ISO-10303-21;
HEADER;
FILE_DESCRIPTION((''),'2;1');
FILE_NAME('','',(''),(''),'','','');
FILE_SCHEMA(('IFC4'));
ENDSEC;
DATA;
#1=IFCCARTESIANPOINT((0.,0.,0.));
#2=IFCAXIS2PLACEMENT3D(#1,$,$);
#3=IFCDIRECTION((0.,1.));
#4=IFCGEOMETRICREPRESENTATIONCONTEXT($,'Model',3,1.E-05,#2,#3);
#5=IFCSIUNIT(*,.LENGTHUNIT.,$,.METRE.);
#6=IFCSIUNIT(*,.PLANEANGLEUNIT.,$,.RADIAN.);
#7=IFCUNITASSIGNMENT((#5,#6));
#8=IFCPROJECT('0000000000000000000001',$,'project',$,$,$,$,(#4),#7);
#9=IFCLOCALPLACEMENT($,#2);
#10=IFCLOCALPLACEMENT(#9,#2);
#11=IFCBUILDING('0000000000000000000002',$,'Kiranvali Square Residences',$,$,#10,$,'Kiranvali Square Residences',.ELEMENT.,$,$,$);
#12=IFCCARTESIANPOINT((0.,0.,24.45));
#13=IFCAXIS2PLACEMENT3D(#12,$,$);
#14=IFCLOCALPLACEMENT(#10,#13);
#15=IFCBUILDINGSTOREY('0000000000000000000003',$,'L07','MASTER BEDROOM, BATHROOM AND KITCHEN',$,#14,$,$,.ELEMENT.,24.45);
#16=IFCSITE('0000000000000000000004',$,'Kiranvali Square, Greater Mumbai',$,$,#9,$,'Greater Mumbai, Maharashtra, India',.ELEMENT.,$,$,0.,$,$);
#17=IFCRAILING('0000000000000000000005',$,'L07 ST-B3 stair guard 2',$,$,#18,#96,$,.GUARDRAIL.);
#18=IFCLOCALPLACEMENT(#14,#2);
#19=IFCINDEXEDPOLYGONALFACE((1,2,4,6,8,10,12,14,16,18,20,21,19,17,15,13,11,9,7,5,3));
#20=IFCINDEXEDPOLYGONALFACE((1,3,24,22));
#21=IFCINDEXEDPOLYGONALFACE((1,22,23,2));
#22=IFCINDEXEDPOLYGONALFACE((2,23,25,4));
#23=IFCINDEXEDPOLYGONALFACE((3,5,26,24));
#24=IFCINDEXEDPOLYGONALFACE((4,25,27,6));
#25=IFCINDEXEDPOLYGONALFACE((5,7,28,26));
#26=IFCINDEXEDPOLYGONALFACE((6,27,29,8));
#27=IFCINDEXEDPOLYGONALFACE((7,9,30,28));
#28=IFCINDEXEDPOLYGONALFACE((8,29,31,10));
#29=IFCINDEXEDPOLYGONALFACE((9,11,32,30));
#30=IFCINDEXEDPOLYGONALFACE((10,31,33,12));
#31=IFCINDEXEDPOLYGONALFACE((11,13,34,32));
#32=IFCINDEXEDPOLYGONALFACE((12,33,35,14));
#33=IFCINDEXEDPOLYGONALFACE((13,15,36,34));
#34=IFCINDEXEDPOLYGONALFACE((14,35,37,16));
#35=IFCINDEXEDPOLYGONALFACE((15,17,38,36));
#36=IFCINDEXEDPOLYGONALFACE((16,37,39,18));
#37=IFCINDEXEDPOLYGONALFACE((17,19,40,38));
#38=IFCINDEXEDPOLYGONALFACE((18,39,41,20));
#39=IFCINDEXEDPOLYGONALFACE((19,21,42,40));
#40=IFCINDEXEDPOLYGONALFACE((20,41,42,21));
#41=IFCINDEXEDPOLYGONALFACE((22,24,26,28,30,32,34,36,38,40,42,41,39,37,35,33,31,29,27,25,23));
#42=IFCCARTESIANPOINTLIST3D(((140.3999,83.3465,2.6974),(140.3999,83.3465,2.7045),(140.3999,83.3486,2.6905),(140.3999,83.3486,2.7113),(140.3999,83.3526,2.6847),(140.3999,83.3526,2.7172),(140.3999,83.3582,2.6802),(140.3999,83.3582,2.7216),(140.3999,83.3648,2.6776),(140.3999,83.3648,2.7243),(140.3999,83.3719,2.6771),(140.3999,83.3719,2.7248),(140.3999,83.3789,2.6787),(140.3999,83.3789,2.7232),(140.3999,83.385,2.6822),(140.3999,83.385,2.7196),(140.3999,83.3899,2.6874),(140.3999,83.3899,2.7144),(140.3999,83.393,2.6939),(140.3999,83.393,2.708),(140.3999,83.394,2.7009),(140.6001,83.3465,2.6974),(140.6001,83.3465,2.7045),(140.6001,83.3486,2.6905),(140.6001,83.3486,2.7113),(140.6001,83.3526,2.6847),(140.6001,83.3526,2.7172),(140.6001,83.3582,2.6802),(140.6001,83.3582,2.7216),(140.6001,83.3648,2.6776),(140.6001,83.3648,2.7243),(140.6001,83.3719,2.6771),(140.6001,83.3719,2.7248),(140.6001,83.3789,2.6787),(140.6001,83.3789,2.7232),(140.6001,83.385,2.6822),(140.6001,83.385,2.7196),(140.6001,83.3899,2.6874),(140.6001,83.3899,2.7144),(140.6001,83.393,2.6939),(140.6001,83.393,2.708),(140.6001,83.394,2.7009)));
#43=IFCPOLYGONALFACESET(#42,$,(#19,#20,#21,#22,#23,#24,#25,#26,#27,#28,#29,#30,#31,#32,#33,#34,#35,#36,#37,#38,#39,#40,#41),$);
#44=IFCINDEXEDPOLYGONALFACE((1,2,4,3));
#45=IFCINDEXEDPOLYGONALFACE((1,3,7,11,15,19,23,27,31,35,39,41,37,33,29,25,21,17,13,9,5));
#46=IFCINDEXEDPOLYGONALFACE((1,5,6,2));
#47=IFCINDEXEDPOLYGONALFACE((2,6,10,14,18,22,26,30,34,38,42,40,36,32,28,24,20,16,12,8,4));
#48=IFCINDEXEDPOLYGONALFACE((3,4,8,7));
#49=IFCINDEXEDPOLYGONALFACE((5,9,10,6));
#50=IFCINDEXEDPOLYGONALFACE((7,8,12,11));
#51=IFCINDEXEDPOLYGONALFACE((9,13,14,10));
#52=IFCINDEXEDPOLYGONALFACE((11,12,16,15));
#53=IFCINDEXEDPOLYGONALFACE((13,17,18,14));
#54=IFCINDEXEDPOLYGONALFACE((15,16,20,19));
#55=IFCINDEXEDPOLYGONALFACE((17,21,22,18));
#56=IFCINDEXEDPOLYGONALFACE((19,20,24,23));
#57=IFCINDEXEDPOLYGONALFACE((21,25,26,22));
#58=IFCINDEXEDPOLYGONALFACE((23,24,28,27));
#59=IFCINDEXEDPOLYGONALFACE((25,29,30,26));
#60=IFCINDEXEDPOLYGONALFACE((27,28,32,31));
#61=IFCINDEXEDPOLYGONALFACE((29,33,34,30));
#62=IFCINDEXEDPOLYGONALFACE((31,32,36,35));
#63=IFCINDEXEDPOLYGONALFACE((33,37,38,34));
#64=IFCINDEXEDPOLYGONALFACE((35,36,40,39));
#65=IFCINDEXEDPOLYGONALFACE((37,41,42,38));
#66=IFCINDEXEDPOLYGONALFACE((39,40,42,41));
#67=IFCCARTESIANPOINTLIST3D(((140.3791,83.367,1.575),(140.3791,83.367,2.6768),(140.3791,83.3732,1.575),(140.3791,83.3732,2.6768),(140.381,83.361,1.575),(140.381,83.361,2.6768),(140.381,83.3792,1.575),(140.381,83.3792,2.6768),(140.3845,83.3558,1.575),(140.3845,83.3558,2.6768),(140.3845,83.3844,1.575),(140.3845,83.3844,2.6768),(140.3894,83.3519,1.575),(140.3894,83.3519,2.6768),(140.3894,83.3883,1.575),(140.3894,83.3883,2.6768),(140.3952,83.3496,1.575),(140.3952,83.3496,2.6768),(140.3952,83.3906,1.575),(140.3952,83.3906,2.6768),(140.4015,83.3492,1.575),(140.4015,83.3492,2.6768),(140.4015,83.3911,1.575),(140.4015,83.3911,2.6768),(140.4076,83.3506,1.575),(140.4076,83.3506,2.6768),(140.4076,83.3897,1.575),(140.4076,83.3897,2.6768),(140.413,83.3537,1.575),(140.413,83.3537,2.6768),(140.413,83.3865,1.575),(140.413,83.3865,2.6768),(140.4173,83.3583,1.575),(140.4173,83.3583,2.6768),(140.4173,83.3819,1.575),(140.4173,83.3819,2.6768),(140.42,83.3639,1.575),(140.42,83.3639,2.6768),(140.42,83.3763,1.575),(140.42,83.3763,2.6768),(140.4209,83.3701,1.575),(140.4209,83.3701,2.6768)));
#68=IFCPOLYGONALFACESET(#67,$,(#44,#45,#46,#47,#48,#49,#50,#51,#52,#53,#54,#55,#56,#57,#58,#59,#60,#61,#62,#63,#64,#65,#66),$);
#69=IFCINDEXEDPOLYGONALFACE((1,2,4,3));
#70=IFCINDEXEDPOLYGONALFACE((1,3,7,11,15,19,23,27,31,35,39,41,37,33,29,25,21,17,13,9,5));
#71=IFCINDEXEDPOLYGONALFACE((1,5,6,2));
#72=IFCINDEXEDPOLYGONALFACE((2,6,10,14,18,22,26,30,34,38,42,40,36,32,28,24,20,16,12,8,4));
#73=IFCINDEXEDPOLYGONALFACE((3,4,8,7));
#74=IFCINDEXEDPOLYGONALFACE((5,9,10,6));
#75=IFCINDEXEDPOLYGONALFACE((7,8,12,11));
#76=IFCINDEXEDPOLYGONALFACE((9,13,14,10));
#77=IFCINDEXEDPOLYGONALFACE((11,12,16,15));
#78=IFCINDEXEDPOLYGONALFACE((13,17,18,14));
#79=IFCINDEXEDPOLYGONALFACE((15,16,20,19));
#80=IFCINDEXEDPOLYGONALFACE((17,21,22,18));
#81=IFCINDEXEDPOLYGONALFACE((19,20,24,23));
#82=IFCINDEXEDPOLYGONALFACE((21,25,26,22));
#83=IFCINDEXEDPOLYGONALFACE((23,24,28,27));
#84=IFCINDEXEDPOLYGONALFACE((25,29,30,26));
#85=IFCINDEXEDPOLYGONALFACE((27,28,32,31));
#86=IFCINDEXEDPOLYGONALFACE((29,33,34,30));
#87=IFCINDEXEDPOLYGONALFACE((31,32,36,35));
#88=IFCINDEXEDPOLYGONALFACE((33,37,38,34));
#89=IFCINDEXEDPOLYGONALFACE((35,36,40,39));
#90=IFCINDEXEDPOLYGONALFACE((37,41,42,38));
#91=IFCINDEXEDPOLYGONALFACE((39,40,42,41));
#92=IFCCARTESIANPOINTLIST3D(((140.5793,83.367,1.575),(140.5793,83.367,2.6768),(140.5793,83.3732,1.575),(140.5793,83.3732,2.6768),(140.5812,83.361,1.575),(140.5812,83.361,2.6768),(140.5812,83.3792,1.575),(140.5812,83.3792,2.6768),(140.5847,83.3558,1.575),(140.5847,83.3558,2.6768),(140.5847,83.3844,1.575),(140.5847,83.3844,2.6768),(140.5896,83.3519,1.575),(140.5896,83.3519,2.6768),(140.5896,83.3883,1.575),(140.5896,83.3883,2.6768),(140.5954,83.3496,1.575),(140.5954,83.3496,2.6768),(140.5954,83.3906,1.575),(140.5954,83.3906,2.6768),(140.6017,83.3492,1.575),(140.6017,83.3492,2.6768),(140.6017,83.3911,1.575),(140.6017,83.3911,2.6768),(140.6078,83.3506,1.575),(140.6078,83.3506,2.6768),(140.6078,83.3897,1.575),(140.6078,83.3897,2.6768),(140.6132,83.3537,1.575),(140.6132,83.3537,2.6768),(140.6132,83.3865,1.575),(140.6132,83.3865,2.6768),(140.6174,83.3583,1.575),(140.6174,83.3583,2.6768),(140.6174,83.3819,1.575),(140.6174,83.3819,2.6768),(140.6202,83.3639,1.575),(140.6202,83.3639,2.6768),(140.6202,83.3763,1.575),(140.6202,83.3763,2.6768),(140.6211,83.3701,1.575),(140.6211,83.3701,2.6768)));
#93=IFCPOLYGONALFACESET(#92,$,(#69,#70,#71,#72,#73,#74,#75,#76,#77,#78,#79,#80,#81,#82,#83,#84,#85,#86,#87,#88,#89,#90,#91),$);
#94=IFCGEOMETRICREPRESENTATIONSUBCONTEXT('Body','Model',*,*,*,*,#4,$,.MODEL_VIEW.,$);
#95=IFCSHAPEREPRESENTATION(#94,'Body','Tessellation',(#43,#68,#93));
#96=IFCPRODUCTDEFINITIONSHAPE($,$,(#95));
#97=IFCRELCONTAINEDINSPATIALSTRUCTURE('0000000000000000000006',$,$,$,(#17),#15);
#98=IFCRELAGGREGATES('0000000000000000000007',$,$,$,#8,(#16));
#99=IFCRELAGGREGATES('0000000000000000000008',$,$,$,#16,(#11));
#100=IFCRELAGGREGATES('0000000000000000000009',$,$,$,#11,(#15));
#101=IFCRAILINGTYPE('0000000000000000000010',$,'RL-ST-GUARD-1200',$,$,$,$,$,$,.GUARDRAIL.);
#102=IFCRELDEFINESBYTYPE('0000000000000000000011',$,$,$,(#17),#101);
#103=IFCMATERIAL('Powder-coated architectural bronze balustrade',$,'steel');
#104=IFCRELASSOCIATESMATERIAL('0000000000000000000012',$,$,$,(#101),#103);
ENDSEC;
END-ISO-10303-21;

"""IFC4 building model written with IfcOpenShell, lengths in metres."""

from ifc_helpers import new_model, si_unit, direction, frame, origin, origin_2d, place, context, subcontext, project, spatial, circle, extrude, material, type_object, element, save


model = new_model("IFC4")

# Units and contexts
model_context = context("Model", 3, precision=1e-05, world=origin(), true_north=direction((0.0, 1.0)))
body_context = subcontext(model_context, "Body", "Model", "MODEL_VIEW")
ifc_project = project(units=[si_unit("LENGTHUNIT", "METRE"), si_unit("PLANEANGLEUNIT", "RADIAN")], contexts=[model_context])

# Site, building, storey
site_placement = place(None, origin())
site = spatial("IfcSite", under=ifc_project, at=site_placement, Name="Kiranvali Square, Greater Mumbai", LongName="Greater Mumbai, Maharashtra, India", CompositionType="ELEMENT", RefElevation=0.0)
building_placement = place(site_placement, origin())
building = spatial("IfcBuilding", under=site, at=building_placement, Name="Kiranvali Square Residences", LongName="Kiranvali Square Residences", CompositionType="ELEMENT")
storey_placement = place(building_placement, frame((0.0, 0.0, 24.45)))
storey = spatial("IfcBuildingStorey", under=building, at=storey_placement, Name="L07", Description="MASTER BEDROOM, BATHROOM AND KITCHEN", CompositionType="ELEMENT", Elevation=24.45)

# Railing
ifc_material_1 = material(Name="Powder-coated architectural bronze balustrade", Category="steel")
railing_type_1 = type_object("IfcRailingType", Name="RL-ST-GUARD-1200", PredefinedType="GUARDRAIL", material=ifc_material_1)
railing_1_placement = place(storey_placement, frame((140.3999, 83.3701, 1.575)))
element("IfcRailing", 1, at=railing_1_placement, inside=storey, type_object=railing_type_1, Name="L07 ST-B3 stair guard 2", PredefinedType="GUARDRAIL", context=body_context, shape_type="SweptSolid", body=[
    extrude(circle(Radius=0.0239, at=origin_2d()), frame((0.0, 0.0, 1.126), z_axis=(1.0, 0.0, 0.0), x_axis=(0.0, 1.0, 0.0)), (0.0, 0.0, 1.0), 0.2002),
    extrude(circle(Radius=0.021, at=origin_2d()), origin(), (0.0, 0.0, 1.0), 1.1018),
    extrude(circle(Radius=0.021, at=origin_2d()), frame((0.2002, 0.0, 0.0)), (0.0, 0.0, 1.0), 1.1018),
])

save(model, "model.ifc")
